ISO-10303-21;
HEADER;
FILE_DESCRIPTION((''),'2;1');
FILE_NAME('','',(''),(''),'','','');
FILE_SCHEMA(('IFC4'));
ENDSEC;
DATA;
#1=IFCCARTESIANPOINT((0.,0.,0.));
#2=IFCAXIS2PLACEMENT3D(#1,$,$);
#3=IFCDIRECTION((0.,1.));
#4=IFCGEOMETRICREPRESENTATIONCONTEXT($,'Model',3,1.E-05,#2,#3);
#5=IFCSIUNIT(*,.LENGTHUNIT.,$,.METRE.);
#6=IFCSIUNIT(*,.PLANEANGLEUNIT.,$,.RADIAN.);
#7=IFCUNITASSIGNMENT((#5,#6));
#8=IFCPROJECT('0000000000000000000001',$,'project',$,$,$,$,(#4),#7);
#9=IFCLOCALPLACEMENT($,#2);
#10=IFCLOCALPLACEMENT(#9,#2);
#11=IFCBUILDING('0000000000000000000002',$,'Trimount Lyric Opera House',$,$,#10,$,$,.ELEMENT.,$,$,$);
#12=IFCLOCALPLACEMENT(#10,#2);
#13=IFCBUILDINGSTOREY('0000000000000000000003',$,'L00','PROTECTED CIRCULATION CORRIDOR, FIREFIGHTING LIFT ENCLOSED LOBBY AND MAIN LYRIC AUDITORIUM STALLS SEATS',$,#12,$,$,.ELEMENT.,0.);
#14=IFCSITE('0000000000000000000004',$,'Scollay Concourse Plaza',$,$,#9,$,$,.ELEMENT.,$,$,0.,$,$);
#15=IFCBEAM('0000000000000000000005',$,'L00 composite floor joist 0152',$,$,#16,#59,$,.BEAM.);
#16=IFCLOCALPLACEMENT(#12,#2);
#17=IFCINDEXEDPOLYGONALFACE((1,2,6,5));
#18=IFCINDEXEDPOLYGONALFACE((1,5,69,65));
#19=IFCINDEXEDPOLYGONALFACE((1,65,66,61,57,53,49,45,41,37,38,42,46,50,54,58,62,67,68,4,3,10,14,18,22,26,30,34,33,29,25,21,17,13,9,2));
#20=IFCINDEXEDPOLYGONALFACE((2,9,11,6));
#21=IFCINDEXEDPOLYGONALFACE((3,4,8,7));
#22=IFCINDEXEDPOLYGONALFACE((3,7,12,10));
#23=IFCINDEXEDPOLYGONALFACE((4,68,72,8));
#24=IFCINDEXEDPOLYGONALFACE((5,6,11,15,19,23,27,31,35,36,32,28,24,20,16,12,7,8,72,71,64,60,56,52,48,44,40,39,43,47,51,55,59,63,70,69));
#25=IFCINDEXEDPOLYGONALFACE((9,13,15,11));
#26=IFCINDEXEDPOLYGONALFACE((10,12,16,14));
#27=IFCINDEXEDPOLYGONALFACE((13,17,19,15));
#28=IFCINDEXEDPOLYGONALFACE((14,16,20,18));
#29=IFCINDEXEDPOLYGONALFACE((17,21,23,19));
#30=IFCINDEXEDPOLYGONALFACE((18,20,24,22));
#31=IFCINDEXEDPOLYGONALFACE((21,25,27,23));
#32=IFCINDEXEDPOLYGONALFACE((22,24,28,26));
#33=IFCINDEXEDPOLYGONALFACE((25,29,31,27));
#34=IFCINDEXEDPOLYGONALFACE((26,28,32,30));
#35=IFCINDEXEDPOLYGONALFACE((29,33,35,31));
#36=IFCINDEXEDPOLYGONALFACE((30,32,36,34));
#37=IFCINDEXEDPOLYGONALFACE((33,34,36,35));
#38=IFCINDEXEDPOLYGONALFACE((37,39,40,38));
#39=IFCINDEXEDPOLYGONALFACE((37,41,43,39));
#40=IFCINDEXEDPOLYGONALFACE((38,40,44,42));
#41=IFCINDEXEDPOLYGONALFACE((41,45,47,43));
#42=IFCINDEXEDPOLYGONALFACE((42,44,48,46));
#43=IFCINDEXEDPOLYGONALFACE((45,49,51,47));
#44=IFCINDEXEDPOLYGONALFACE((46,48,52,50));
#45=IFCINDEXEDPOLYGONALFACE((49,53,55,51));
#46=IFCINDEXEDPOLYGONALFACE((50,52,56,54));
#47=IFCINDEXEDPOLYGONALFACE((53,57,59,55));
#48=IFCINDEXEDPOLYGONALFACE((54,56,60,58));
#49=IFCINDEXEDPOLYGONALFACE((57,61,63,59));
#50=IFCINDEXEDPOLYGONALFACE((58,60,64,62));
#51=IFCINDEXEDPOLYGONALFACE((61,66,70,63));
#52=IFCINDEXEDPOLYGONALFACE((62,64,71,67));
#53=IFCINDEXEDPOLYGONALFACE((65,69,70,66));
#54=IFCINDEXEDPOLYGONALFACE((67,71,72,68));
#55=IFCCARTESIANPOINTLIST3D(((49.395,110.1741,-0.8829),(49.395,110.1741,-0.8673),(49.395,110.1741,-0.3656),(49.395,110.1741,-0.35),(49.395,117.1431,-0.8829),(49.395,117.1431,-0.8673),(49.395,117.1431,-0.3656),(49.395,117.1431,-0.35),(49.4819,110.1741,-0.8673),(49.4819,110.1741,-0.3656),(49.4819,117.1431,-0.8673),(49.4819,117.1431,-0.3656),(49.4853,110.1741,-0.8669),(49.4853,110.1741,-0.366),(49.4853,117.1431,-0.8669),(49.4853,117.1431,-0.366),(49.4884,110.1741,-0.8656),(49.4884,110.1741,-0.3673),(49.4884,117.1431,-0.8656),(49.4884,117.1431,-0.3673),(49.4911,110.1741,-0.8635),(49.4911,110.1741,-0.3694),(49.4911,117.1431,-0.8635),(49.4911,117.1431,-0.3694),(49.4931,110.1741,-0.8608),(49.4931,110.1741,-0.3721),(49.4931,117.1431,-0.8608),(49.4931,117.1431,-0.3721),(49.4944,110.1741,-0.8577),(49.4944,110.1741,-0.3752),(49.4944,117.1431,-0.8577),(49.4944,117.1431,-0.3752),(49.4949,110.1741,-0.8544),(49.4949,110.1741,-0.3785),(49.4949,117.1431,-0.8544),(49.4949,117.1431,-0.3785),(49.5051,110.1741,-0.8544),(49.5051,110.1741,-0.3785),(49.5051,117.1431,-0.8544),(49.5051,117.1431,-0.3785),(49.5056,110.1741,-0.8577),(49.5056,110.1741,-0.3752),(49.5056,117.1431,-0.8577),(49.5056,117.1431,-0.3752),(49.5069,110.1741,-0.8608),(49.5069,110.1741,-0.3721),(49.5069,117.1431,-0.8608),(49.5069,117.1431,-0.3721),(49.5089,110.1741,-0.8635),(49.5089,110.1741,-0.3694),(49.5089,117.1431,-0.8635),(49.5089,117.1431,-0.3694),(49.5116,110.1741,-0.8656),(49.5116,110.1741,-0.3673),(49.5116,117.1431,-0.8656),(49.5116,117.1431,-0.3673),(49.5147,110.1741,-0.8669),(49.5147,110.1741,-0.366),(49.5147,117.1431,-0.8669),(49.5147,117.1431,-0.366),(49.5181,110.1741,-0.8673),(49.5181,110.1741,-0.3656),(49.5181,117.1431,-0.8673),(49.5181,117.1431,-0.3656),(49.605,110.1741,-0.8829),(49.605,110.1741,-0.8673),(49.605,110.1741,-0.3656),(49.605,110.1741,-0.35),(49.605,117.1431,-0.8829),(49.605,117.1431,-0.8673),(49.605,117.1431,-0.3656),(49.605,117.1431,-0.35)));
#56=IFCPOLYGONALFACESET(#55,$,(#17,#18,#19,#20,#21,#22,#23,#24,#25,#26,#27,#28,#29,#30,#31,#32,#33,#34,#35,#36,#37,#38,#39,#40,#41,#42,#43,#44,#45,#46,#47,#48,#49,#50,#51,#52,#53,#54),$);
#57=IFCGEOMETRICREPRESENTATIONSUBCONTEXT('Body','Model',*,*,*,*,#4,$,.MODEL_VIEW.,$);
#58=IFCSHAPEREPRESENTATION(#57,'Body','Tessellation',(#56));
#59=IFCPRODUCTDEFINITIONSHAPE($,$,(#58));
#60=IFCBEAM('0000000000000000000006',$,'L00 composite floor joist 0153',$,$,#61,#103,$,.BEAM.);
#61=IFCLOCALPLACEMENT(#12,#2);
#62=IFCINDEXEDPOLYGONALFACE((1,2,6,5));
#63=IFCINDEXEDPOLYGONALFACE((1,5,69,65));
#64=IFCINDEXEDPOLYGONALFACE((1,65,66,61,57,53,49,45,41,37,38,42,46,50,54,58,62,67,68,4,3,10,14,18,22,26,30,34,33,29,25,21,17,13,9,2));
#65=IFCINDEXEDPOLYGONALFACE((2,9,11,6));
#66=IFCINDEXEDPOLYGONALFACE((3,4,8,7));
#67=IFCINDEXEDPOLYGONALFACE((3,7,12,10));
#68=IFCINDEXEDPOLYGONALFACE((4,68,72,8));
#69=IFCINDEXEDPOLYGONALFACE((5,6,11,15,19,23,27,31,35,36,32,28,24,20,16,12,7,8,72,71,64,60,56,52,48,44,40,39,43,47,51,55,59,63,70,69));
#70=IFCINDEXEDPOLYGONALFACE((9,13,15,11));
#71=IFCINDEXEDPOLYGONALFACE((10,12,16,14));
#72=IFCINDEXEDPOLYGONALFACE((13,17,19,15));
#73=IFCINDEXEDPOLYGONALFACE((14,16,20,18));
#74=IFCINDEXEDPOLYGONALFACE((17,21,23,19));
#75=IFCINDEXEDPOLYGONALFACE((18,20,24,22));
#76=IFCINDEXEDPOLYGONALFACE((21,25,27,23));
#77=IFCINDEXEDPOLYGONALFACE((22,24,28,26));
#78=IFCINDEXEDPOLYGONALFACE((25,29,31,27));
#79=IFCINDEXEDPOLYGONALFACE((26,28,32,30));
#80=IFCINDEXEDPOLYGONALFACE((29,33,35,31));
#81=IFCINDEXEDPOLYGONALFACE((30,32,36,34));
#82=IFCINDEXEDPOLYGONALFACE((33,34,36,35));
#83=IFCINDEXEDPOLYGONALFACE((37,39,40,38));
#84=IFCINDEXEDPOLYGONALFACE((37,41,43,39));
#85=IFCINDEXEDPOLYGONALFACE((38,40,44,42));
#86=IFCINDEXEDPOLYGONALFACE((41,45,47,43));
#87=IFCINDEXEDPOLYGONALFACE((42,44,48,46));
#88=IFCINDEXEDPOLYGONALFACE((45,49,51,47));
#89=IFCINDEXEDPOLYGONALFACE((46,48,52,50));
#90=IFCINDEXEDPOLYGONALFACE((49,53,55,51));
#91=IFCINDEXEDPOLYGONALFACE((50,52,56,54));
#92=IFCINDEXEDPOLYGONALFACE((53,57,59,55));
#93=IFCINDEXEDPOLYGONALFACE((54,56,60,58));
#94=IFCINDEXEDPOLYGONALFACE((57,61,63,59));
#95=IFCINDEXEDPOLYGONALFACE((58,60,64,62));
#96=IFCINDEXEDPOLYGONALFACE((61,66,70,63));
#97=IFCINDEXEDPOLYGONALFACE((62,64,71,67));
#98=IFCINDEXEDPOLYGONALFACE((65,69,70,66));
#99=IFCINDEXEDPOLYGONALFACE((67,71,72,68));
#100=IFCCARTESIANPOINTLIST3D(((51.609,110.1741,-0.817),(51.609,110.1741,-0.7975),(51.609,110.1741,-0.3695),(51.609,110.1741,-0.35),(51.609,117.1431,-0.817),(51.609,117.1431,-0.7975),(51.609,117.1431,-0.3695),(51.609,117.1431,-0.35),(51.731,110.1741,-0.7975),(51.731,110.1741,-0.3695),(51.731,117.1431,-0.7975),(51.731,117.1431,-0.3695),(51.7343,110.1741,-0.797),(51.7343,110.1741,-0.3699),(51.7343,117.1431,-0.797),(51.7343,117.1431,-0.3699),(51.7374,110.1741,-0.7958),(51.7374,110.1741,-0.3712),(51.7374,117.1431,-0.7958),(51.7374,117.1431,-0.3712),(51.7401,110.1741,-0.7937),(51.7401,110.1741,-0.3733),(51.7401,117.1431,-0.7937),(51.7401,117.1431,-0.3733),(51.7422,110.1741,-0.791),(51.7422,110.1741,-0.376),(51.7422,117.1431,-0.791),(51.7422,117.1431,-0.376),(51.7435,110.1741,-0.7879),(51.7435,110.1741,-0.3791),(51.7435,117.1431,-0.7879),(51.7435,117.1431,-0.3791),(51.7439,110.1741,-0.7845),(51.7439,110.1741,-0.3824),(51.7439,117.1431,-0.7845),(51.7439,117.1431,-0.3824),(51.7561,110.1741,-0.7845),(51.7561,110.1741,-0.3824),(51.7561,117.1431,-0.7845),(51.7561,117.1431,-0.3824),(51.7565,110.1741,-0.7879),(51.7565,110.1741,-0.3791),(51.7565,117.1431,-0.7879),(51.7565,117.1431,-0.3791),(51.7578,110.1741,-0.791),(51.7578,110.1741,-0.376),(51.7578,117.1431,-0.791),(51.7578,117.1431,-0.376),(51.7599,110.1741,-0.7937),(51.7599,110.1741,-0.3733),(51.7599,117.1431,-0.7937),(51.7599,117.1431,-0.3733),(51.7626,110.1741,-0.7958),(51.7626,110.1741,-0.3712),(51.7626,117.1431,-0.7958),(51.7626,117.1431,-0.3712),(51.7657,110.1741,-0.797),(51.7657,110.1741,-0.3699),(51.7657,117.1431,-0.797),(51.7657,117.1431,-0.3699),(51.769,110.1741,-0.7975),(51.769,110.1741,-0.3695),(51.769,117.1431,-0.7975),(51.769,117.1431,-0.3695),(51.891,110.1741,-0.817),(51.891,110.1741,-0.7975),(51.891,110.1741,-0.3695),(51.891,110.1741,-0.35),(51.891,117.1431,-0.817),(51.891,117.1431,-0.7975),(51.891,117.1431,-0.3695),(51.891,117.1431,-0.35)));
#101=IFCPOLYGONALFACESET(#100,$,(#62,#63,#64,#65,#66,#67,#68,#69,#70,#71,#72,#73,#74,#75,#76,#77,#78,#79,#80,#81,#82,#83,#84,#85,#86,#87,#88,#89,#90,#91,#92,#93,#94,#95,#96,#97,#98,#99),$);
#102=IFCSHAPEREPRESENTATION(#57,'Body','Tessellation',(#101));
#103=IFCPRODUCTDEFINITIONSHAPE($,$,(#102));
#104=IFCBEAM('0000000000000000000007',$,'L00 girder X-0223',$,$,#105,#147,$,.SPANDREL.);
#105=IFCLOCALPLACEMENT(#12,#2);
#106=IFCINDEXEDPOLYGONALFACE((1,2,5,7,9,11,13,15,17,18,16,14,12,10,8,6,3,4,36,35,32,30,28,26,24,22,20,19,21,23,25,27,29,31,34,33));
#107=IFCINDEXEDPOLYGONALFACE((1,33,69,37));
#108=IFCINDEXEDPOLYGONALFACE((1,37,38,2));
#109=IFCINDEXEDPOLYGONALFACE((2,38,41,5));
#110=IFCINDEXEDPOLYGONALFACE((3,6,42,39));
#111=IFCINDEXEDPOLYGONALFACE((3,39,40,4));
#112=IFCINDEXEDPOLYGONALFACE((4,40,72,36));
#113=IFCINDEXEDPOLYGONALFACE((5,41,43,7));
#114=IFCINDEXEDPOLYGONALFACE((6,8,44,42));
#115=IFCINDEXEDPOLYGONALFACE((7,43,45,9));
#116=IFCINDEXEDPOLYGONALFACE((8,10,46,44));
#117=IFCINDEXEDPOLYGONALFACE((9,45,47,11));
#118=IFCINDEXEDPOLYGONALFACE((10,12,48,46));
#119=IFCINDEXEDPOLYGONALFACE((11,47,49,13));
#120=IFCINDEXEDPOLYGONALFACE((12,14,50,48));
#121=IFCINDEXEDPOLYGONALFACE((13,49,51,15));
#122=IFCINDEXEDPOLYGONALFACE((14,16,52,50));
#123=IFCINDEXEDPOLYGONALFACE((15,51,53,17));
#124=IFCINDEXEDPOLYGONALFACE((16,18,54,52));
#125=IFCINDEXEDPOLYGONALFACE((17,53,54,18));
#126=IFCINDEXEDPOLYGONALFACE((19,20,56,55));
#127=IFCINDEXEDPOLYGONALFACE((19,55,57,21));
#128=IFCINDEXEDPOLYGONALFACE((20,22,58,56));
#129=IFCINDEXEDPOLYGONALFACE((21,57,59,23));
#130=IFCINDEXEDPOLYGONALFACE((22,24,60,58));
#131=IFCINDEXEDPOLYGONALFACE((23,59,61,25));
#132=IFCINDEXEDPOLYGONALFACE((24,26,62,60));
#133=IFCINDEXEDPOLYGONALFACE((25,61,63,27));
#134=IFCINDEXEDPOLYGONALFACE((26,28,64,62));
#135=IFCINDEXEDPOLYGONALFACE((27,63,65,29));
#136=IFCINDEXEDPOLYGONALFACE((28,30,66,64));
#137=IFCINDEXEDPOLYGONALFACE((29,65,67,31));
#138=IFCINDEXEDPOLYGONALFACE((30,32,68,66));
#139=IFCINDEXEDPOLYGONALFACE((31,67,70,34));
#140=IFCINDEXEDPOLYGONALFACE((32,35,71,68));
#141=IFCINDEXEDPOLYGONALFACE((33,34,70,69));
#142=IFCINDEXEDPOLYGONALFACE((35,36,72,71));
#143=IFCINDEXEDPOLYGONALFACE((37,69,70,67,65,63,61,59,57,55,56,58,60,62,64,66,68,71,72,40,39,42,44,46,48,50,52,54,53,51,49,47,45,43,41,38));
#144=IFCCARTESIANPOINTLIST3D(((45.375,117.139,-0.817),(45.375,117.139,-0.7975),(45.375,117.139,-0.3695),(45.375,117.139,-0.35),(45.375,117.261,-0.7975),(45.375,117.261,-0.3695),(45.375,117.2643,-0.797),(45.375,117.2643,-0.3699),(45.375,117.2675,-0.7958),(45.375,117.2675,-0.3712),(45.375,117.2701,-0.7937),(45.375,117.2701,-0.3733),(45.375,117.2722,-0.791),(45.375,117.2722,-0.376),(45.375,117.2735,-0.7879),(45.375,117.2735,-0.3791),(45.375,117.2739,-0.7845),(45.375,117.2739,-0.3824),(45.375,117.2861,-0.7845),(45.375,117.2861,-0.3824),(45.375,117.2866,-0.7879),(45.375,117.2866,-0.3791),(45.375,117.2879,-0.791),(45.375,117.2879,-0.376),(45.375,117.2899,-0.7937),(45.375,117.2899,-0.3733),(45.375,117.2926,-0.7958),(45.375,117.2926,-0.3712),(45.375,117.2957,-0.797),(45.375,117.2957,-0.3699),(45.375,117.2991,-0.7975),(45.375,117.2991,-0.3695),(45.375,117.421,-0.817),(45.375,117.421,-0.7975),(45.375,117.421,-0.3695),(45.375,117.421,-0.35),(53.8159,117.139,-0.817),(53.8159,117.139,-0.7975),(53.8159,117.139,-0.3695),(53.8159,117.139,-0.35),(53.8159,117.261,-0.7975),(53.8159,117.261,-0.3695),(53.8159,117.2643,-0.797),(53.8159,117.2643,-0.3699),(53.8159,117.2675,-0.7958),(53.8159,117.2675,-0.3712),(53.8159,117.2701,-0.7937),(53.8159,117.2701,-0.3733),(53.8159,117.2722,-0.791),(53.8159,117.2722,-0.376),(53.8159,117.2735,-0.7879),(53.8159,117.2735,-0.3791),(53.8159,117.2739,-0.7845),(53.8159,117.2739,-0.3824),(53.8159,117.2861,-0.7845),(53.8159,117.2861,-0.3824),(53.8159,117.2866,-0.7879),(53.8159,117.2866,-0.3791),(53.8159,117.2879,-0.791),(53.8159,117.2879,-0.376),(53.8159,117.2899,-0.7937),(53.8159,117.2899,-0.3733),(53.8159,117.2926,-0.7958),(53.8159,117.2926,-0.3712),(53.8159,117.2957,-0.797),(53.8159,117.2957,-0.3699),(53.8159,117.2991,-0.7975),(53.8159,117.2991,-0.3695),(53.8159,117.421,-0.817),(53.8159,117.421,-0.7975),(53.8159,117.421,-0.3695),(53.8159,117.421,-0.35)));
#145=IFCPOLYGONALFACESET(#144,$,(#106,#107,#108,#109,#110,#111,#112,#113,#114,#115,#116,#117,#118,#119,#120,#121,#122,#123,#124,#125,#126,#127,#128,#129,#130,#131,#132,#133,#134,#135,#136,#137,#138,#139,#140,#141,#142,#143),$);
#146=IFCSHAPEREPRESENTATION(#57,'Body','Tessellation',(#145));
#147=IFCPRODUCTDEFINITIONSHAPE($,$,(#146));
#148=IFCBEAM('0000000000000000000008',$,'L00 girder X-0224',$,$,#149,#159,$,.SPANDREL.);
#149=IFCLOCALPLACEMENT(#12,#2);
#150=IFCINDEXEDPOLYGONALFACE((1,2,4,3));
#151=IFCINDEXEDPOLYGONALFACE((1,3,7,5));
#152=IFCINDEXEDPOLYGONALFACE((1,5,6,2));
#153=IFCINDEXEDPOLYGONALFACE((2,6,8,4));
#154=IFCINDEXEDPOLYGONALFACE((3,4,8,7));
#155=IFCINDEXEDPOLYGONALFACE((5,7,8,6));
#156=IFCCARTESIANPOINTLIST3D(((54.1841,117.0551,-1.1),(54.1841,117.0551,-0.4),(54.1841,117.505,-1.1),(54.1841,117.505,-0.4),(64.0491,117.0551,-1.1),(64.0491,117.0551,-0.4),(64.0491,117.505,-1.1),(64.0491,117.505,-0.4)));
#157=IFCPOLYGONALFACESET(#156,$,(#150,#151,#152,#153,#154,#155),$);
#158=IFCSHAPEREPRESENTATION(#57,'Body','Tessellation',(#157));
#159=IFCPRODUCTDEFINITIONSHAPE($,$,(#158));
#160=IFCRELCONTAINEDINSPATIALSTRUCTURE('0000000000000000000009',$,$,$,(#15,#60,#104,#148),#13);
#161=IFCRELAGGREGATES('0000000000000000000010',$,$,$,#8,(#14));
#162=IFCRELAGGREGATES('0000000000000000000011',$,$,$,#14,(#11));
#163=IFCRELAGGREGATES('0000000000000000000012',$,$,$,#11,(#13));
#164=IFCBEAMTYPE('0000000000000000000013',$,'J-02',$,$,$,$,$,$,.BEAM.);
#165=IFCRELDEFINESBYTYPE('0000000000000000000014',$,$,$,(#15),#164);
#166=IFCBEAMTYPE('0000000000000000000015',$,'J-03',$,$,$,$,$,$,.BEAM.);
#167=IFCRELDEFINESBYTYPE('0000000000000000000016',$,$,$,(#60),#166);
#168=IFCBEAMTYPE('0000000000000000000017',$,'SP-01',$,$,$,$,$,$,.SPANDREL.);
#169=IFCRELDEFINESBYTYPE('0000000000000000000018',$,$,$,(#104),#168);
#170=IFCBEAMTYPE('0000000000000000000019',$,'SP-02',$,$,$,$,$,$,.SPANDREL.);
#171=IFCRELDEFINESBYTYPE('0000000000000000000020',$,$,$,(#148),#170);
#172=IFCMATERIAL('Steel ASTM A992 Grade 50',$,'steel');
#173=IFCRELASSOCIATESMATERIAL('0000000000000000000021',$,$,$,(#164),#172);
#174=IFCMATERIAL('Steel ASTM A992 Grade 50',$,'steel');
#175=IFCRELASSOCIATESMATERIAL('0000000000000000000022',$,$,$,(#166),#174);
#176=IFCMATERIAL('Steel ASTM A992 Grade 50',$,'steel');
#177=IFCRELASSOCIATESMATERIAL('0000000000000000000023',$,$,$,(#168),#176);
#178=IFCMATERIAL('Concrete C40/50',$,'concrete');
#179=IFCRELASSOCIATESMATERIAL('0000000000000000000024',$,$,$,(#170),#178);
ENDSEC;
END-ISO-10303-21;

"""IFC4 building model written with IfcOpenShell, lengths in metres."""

from ifc_helpers import new_model, si_unit, direction, frame, origin, origin_2d, place, context, subcontext, project, spatial, rectangle, i_section, extrude, material, material_profile, profile_set, type_object, element, save


model = new_model("IFC4")

# Units and contexts
model_context = context("Model", 3, precision=1e-05, world=origin(), true_north=direction((0.0, 1.0)))
body_context = subcontext(model_context, "Body", "Model", "MODEL_VIEW")
ifc_project = project(units=[si_unit("LENGTHUNIT", "METRE"), si_unit("PLANEANGLEUNIT", "RADIAN")], contexts=[model_context])

# Site, building, storey
site_placement = place(None, origin())
site = spatial("IfcSite", under=ifc_project, at=site_placement, Name="Scollay Concourse Plaza", CompositionType="ELEMENT", RefElevation=0.0)
building_placement = place(site_placement, origin())
building = spatial("IfcBuilding", under=site, at=building_placement, Name="Trimount Lyric Opera House", CompositionType="ELEMENT")
storey_placement = place(building_placement, origin())
storey = spatial("IfcBuildingStorey", under=building, at=storey_placement, Name="L00", Description="PROTECTED CIRCULATION CORRIDOR, FIREFIGHTING LIFT ENCLOSED LOBBY AND MAIN LYRIC AUDITORIUM STALLS SEATS", CompositionType="ELEMENT", Elevation=0.0)

# Beams
ifc_material_1 = material(Name="Steel ASTM A992 Grade 50", Category="steel")
ifc_material_profile_1 = material_profile(ifc_material_1, i_section(OverallWidth=0.21, OverallDepth=0.533, WebThickness=0.0103, FlangeThickness=0.0156, FilletRadius=0.0129, at=origin_2d()), Name="W21X62")
ifc_profile_set_1 = profile_set([ifc_material_profile_1], Name="Steel ASTM A992 Grade 50")
beam_type_1 = type_object("IfcBeamType", Name="J-02", PredefinedType="BEAM", material=ifc_profile_set_1)
beam_1_placement = place(storey_placement, frame((49.5, 110.1741, -0.6165), z_axis=(0.0, 1.0, 0.0), x_axis=(-1.0, 0.0, 0.0)))
element("IfcBeam", 1, at=beam_1_placement, inside=storey, type_object=beam_type_1, Name="L00 composite floor joist 0152", PredefinedType="BEAM", context=body_context, shape_type="SweptSolid", body=[
    extrude(i_section(OverallWidth=0.21, OverallDepth=0.533, WebThickness=0.0103, FlangeThickness=0.0156, FilletRadius=0.0129, at=origin_2d()), origin(), (0.0, 0.0, 1.0), 6.969),
])
ifc_material_2 = material(Name="Steel ASTM A992 Grade 50", Category="steel")
ifc_material_profile_2 = material_profile(ifc_material_2, i_section(OverallWidth=0.282, OverallDepth=0.467, WebThickness=0.0122, FlangeThickness=0.0195, FilletRadius=0.0129, at=origin_2d()), Name="W18X86")
ifc_profile_set_2 = profile_set([ifc_material_profile_2], Name="Steel ASTM A992 Grade 50")
beam_type_2 = type_object("IfcBeamType", Name="J-03", PredefinedType="BEAM", material=ifc_profile_set_2)
beam_2_placement = place(storey_placement, frame((51.75, 110.1741, -0.5835), z_axis=(0.0, 1.0, 0.0), x_axis=(-1.0, 0.0, 0.0)))
element("IfcBeam", 2, at=beam_2_placement, inside=storey, type_object=beam_type_2, Name="L00 composite floor joist 0153", PredefinedType="BEAM", context=body_context, shape_type="SweptSolid", body=[
    extrude(i_section(OverallWidth=0.282, OverallDepth=0.467, WebThickness=0.0122, FlangeThickness=0.0195, FilletRadius=0.0129, at=origin_2d()), origin(), (0.0, 0.0, 1.0), 6.969),
])
ifc_material_3 = material(Name="Steel ASTM A992 Grade 50", Category="steel")
ifc_material_profile_3 = material_profile(ifc_material_3, i_section(OverallWidth=0.282, OverallDepth=0.467, WebThickness=0.0122, FlangeThickness=0.0195, FilletRadius=0.0129, at=origin_2d()), Name="W18X86")
ifc_profile_set_3 = profile_set([ifc_material_profile_3], Name="Steel ASTM A992 Grade 50")
beam_type_3 = type_object("IfcBeamType", Name="SP-01", PredefinedType="SPANDREL", material=ifc_profile_set_3)
beam_3_placement = place(storey_placement, frame((45.375, 117.28, -0.5835), z_axis=(1.0, 0.0, 0.0), x_axis=(0.0, 1.0, 0.0)))
element("IfcBeam", 3, at=beam_3_placement, inside=storey, type_object=beam_type_3, Name="L00 girder X-0223", PredefinedType="SPANDREL", context=body_context, shape_type="SweptSolid", body=[
    extrude(i_section(OverallWidth=0.282, OverallDepth=0.467, WebThickness=0.0122, FlangeThickness=0.0195, FilletRadius=0.0129, at=origin_2d()), origin(), (0.0, 0.0, 1.0), 8.4409),
])
ifc_material_4 = material(Name="Concrete C40/50", Category="concrete")
ifc_material_profile_4 = material_profile(ifc_material_4, rectangle(XDim=0.45, YDim=0.7, at=origin_2d()), Name="RC450X700")
ifc_profile_set_4 = profile_set([ifc_material_profile_4], Name="Concrete C40/50")
beam_type_4 = type_object("IfcBeamType", Name="SP-02", PredefinedType="SPANDREL", material=ifc_profile_set_4)
beam_4_placement = place(storey_placement, frame((54.1841, 117.28, -0.75), z_axis=(1.0, 0.0, 0.0), x_axis=(0.0, 1.0, 0.0)))
element("IfcBeam", 4, at=beam_4_placement, inside=storey, type_object=beam_type_4, Name="L00 girder X-0224", PredefinedType="SPANDREL", context=body_context, shape_type="SweptSolid", body=[
    extrude(rectangle(XDim=0.45, YDim=0.7, at=origin_2d()), origin(), (0.0, 0.0, 1.0), 9.865),
])

save(model, "model.ifc")
